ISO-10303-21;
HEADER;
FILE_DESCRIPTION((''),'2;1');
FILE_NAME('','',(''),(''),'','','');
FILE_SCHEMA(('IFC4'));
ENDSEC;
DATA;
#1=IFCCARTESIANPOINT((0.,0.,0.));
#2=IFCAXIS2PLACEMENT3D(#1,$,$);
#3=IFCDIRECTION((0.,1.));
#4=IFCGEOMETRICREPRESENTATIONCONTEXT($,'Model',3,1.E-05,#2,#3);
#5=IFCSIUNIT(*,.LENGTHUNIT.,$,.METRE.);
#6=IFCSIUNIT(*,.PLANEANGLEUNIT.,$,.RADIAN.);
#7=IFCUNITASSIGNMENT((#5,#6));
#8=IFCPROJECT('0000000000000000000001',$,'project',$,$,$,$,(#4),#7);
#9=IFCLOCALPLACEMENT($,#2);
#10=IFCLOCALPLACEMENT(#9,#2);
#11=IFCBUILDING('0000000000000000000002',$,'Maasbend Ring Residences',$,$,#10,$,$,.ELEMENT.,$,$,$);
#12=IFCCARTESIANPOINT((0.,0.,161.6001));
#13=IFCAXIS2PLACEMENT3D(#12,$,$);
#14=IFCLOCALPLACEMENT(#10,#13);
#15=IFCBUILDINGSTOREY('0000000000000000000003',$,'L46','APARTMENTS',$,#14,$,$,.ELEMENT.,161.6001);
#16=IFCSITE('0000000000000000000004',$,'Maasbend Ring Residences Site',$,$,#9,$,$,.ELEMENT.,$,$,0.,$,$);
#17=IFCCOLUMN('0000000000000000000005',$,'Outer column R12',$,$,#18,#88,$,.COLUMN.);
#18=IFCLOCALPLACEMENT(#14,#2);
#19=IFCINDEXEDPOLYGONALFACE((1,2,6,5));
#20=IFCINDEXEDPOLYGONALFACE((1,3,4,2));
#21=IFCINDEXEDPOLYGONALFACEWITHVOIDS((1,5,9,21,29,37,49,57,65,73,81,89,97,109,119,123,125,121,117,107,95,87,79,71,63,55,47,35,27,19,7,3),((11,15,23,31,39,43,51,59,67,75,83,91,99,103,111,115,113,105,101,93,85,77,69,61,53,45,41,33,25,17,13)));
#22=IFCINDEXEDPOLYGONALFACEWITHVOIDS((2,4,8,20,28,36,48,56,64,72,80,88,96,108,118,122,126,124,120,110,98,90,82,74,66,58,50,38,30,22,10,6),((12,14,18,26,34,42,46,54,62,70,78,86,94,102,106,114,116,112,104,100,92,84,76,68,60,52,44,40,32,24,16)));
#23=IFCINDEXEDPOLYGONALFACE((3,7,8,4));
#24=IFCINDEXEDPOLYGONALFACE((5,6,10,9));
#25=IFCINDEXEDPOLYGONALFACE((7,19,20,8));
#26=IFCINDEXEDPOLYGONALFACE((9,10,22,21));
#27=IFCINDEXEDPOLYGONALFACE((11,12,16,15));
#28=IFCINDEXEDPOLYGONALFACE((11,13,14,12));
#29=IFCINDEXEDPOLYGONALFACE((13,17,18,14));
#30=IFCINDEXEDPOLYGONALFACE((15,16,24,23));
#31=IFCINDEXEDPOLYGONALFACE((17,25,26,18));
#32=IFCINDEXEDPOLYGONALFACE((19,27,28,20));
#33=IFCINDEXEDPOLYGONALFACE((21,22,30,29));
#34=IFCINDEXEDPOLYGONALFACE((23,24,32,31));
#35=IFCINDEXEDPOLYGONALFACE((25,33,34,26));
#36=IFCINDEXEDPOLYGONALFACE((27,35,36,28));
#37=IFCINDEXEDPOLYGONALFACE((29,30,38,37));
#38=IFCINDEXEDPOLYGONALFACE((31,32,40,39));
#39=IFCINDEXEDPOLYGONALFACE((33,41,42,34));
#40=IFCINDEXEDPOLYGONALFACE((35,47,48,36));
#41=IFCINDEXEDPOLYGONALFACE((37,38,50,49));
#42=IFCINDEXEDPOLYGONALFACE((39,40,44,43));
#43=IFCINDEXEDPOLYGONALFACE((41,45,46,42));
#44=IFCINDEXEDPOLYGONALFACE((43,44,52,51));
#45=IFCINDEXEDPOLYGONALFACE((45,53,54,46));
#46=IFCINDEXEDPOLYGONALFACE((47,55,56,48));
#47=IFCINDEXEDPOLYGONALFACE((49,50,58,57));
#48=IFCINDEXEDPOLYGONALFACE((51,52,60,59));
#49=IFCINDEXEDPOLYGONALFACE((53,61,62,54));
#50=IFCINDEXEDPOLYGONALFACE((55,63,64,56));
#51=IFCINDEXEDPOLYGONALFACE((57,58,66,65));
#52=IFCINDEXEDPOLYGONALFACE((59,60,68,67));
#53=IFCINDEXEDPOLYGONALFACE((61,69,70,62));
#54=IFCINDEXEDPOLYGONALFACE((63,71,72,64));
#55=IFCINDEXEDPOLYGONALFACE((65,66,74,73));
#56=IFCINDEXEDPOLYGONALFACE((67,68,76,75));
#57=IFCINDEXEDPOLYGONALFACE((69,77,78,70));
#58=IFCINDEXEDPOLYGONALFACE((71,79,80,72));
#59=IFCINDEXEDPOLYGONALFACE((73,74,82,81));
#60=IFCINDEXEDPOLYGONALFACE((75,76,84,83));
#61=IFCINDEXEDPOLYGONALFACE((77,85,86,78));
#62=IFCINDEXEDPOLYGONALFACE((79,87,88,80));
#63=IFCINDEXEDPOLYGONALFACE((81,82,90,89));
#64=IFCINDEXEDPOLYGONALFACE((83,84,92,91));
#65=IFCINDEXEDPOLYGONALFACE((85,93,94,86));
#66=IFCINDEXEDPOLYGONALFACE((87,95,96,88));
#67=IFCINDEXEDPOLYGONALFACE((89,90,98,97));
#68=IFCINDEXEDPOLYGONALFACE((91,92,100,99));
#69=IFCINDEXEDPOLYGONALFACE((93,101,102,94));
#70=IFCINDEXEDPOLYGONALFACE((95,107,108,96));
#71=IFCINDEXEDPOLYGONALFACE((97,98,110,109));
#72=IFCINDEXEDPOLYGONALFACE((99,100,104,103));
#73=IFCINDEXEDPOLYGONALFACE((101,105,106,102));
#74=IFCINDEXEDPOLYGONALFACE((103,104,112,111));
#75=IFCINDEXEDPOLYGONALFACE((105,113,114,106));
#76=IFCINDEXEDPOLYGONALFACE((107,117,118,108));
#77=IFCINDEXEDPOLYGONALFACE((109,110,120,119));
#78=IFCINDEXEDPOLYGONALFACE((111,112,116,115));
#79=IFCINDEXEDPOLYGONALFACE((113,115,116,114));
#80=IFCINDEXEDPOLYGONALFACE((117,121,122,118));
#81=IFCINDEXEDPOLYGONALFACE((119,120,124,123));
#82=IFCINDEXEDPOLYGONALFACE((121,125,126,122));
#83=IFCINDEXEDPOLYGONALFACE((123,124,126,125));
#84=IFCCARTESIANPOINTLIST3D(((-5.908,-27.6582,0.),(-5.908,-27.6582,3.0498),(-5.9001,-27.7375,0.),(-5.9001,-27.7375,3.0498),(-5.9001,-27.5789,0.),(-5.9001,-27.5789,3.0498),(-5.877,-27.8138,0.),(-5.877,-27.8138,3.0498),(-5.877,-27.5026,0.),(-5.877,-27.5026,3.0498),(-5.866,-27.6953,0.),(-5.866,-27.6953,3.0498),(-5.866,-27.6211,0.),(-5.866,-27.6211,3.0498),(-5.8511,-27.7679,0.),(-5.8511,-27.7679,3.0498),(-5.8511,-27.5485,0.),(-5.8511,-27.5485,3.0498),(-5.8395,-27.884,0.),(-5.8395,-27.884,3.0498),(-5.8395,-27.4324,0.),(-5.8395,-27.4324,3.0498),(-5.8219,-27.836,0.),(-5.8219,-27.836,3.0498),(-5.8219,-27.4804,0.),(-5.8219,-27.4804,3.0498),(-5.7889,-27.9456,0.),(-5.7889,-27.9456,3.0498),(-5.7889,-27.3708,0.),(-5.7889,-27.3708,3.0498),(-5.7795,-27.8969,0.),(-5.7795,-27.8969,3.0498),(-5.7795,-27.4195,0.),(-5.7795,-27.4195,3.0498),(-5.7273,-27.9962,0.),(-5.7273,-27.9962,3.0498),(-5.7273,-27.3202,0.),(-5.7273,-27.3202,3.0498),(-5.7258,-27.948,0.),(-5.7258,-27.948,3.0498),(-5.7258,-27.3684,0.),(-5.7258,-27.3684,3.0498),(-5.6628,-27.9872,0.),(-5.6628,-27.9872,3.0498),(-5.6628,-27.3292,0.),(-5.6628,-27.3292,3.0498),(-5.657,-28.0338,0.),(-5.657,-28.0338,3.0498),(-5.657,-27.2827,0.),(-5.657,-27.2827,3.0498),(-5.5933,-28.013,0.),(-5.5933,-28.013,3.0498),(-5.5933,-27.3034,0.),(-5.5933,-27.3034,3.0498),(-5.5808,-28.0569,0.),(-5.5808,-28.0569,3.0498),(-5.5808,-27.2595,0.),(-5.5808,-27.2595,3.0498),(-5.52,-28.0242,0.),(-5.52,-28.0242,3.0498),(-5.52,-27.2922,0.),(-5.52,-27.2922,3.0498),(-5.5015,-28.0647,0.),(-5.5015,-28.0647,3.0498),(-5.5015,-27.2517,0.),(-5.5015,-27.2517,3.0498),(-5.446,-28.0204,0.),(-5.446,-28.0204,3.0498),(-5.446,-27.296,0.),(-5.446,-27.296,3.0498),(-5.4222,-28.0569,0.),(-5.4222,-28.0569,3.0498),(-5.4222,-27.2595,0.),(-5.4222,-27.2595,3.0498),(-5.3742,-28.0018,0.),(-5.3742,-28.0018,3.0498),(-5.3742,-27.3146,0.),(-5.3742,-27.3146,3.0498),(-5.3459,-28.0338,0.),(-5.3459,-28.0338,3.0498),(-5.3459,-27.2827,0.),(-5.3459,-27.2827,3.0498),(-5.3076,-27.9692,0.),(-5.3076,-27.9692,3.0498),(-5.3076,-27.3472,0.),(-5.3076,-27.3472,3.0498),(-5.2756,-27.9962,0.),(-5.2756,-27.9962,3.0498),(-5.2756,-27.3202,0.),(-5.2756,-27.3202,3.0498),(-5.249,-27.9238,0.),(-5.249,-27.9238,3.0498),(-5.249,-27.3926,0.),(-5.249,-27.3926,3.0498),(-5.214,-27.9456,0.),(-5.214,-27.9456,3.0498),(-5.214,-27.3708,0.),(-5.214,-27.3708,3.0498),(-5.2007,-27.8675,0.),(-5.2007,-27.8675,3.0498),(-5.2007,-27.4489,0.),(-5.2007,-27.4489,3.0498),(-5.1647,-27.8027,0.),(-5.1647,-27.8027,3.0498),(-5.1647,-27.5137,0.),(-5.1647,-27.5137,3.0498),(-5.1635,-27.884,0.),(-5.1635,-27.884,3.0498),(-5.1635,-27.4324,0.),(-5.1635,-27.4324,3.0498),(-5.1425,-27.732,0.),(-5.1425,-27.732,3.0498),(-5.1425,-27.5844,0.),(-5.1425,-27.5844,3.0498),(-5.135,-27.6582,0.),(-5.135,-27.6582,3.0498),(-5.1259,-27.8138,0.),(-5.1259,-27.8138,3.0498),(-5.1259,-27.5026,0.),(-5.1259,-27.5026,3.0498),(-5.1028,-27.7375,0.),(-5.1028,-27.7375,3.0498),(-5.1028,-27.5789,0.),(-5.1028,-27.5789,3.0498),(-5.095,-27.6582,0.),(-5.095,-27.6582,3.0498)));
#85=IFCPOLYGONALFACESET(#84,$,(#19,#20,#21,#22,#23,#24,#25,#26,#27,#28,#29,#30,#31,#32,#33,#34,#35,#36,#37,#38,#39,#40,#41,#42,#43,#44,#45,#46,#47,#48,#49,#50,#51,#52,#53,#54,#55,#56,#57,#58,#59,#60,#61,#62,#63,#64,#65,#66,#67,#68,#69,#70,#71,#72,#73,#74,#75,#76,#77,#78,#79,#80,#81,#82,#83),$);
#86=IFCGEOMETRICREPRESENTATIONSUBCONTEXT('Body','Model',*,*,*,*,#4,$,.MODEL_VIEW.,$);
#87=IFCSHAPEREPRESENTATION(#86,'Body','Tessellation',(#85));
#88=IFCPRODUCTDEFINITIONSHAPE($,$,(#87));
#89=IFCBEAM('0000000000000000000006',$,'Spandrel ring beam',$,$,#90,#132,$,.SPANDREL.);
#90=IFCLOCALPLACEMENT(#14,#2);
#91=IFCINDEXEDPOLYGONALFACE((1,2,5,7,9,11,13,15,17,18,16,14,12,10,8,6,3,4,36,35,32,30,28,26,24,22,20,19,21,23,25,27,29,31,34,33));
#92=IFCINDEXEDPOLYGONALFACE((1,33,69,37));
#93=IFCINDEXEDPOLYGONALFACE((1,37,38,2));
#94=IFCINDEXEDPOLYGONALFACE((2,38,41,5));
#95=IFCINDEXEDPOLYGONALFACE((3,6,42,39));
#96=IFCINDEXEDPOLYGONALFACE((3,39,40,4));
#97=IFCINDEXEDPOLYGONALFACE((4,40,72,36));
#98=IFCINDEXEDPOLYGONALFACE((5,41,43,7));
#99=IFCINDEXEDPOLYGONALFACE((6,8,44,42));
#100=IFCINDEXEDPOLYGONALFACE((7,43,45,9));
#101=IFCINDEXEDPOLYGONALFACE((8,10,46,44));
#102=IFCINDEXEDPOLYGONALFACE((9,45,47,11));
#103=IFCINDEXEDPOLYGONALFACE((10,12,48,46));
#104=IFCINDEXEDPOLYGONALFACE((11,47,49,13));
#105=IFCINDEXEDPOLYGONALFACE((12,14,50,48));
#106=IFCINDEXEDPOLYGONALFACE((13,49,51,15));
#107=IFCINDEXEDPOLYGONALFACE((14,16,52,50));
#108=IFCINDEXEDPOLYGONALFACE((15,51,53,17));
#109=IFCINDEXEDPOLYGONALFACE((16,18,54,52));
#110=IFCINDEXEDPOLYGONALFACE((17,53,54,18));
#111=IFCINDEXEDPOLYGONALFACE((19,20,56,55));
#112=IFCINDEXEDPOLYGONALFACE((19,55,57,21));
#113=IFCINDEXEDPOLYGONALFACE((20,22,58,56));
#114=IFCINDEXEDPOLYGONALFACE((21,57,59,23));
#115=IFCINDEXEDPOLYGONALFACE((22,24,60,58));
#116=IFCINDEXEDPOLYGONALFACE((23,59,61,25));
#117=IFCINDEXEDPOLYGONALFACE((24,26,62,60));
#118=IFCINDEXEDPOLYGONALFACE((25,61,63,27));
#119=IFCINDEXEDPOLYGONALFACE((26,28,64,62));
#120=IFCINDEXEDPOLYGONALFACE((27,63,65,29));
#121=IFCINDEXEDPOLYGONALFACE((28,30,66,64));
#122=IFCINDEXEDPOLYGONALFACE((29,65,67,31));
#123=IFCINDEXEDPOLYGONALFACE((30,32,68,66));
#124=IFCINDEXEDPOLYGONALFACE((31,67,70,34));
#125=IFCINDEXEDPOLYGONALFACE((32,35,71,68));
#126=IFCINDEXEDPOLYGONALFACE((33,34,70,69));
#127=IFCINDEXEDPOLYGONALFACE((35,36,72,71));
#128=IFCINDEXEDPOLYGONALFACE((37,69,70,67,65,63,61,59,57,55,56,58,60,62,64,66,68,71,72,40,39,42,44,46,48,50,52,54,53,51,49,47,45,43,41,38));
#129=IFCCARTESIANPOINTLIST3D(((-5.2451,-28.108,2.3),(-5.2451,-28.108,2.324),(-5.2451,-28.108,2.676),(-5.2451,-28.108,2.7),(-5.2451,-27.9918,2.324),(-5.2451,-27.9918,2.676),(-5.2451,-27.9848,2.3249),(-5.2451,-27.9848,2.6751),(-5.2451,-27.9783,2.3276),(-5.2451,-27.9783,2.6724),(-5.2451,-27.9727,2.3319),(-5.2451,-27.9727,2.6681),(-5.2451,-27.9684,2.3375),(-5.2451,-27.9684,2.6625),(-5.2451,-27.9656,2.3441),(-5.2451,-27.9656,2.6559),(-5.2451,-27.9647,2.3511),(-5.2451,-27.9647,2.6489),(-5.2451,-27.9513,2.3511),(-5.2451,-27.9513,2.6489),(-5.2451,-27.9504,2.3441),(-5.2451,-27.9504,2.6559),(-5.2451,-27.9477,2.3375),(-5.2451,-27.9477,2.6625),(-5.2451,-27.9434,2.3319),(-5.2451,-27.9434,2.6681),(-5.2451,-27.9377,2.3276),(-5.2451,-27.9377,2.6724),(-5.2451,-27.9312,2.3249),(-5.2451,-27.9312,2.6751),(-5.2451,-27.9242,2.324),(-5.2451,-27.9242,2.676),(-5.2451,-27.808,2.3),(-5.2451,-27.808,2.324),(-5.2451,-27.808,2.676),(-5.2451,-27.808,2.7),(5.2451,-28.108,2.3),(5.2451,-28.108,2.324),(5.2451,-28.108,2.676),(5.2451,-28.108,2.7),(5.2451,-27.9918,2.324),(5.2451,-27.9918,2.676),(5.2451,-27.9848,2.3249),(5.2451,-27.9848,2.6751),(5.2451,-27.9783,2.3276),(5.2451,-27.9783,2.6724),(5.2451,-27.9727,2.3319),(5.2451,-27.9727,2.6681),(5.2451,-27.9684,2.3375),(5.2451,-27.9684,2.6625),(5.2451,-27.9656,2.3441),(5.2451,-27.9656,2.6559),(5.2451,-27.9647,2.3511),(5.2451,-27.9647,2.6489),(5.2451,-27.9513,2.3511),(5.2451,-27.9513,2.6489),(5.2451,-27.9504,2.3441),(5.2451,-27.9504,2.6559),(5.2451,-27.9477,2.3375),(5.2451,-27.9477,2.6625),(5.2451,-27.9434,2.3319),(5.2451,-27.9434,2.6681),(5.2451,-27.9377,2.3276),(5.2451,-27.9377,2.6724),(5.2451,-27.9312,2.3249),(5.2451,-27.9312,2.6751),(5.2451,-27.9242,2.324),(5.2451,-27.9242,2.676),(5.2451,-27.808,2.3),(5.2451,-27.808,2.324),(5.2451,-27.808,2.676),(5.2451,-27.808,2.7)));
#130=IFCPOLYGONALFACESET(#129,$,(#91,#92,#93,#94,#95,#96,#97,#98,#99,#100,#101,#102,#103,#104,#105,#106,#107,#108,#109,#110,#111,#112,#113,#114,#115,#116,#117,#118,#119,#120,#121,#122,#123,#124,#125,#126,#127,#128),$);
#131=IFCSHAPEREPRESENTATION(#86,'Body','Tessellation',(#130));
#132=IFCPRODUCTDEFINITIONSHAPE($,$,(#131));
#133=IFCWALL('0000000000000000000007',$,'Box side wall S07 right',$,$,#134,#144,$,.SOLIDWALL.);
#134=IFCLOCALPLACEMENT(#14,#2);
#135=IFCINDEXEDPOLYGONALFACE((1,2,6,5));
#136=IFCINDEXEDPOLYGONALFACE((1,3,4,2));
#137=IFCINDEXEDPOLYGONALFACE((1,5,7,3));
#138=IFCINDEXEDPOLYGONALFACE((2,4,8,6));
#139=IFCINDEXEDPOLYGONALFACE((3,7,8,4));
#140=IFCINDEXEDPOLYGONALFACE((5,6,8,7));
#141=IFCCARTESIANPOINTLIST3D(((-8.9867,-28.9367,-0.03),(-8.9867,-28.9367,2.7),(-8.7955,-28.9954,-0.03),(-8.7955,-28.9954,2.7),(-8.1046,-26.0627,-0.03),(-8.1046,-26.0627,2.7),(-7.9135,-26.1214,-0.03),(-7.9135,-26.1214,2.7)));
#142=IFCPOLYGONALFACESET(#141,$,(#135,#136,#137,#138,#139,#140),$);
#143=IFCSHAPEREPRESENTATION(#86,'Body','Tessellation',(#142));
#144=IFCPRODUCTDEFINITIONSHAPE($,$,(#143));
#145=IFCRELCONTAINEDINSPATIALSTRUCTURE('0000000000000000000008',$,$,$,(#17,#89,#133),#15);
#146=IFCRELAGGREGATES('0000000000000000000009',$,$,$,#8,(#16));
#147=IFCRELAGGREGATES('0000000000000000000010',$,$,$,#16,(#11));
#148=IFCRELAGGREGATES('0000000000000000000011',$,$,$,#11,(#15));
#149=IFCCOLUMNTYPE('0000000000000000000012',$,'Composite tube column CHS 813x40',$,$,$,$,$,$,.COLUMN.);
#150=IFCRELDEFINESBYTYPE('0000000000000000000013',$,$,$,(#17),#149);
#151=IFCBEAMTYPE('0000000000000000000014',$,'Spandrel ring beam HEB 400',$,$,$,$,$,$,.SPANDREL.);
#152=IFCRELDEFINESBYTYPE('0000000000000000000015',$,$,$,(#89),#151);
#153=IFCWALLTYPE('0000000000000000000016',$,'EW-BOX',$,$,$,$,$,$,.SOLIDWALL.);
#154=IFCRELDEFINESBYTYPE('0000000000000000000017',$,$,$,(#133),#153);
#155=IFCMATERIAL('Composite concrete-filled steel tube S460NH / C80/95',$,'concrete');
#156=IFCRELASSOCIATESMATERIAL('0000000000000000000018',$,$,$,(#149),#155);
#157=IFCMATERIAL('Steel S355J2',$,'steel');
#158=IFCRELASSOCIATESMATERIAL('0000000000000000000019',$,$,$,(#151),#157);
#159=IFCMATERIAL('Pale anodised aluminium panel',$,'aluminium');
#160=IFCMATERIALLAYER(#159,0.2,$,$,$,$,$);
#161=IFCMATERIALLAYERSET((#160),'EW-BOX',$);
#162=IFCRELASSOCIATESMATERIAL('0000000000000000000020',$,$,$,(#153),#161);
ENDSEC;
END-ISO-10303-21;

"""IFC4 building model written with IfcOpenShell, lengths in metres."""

from ifc_helpers import new_model, si_unit, direction, frame, frame_2d, origin, origin_2d, place, context, subcontext, project, spatial, rectangle, hollow_circle, i_section, extrude, material, layer, layer_set, material_profile, profile_set, type_object, element, save


model = new_model("IFC4")

# Units and contexts
model_context = context("Model", 3, precision=1e-05, world=origin(), true_north=direction((0.0, 1.0)))
body_context = subcontext(model_context, "Body", "Model", "MODEL_VIEW")
ifc_project = project(units=[si_unit("LENGTHUNIT", "METRE"), si_unit("PLANEANGLEUNIT", "RADIAN")], contexts=[model_context])

# Site, building, storey
site_placement = place(None, origin())
site = spatial("IfcSite", under=ifc_project, at=site_placement, Name="Maasbend Ring Residences Site", CompositionType="ELEMENT", RefElevation=0.0)
building_placement = place(site_placement, origin())
building = spatial("IfcBuilding", under=site, at=building_placement, Name="Maasbend Ring Residences", CompositionType="ELEMENT")
storey_placement = place(building_placement, frame((0.0, 0.0, 161.6001)))
storey = spatial("IfcBuildingStorey", under=building, at=storey_placement, Name="L46", Description="APARTMENTS", CompositionType="ELEMENT", Elevation=161.6001)

# Column
ifc_material_1 = material(Name="Composite concrete-filled steel tube S460NH / C80/95", Category="concrete")
ifc_material_profile_1 = material_profile(ifc_material_1, hollow_circle(Radius=0.4065, WallThickness=0.04, at=origin_2d()), Name="Composite tube column CHS 813x40")
ifc_profile_set_1 = profile_set([ifc_material_profile_1], Name="Composite concrete-filled steel tube S460NH / C80/95")
column_type = type_object("IfcColumnType", Name="Composite tube column CHS 813x40", PredefinedType="COLUMN", material=ifc_profile_set_1)
column_placement = place(storey_placement, frame((-5.5015, -27.6582, 0.0), z_axis=(0.0, 0.0, 1.0), x_axis=(1.0, 0.0, 0.0)))
element("IfcColumn", 1, at=column_placement, inside=storey, type_object=column_type, Name="Outer column R12", PredefinedType="COLUMN", context=body_context, shape_type="SweptSolid", body=[
    extrude(hollow_circle(Radius=0.4065, WallThickness=0.04, at=origin_2d()), origin(), (0.0, 0.0, 1.0), 3.0498),
])

# Beam
ifc_material_2 = material(Name="Steel S355J2", Category="steel")
ifc_material_profile_2 = material_profile(ifc_material_2, i_section(OverallWidth=0.3, OverallDepth=0.3999, WebThickness=0.0134, FlangeThickness=0.0239, FilletRadius=0.0271, at=origin_2d()), Name="HEB 400")
ifc_profile_set_2 = profile_set([ifc_material_profile_2], Name="Steel S355J2")
beam_type = type_object("IfcBeamType", Name="Spandrel ring beam HEB 400", PredefinedType="SPANDREL", material=ifc_profile_set_2)
beam_placement = place(storey_placement, frame((-5.2451, -27.958, 2.5), z_axis=(1.0, 0.0, 0.0), x_axis=(0.0, 1.0, 0.0)))
element("IfcBeam", 2, at=beam_placement, inside=storey, type_object=beam_type, Name="Spandrel ring beam", PredefinedType="SPANDREL", context=body_context, shape_type="SweptSolid", body=[
    extrude(i_section(OverallWidth=0.3, OverallDepth=0.3999, WebThickness=0.0134, FlangeThickness=0.0239, FilletRadius=0.0271, at=origin_2d()), origin(), (0.0, 0.0, 1.0), 10.4902),
])

# Wall
ifc_material_3 = material(Name="Pale anodised aluminium panel", Category="aluminium")
ifc_layer_1 = layer(ifc_material_3, 0.2)
ifc_layer_set_1 = layer_set([ifc_layer_1], Name="EW-BOX")
wall_type_1 = type_object("IfcWallType", Name="EW-BOX", PredefinedType="SOLIDWALL", material=ifc_layer_set_1)
wall_1_placement = place(storey_placement, frame((-8.009, -26.092, -0.03), z_axis=(0.0, 0.0, 1.0), x_axis=(-0.293407, -0.955988, 0.0)))
element("IfcWall", 3, at=wall_1_placement, inside=storey, type_object=wall_type_1, Name="Box side wall S07 right", PredefinedType="SOLIDWALL", context=body_context, shape_type="SweptSolid", body=[
    extrude(rectangle(XDim=3.0063, YDim=0.2, at=frame_2d((1.5032, 0.0))), origin(), (0.0, 0.0, 1.0), 2.73),
])

save(model, "model.ifc")
